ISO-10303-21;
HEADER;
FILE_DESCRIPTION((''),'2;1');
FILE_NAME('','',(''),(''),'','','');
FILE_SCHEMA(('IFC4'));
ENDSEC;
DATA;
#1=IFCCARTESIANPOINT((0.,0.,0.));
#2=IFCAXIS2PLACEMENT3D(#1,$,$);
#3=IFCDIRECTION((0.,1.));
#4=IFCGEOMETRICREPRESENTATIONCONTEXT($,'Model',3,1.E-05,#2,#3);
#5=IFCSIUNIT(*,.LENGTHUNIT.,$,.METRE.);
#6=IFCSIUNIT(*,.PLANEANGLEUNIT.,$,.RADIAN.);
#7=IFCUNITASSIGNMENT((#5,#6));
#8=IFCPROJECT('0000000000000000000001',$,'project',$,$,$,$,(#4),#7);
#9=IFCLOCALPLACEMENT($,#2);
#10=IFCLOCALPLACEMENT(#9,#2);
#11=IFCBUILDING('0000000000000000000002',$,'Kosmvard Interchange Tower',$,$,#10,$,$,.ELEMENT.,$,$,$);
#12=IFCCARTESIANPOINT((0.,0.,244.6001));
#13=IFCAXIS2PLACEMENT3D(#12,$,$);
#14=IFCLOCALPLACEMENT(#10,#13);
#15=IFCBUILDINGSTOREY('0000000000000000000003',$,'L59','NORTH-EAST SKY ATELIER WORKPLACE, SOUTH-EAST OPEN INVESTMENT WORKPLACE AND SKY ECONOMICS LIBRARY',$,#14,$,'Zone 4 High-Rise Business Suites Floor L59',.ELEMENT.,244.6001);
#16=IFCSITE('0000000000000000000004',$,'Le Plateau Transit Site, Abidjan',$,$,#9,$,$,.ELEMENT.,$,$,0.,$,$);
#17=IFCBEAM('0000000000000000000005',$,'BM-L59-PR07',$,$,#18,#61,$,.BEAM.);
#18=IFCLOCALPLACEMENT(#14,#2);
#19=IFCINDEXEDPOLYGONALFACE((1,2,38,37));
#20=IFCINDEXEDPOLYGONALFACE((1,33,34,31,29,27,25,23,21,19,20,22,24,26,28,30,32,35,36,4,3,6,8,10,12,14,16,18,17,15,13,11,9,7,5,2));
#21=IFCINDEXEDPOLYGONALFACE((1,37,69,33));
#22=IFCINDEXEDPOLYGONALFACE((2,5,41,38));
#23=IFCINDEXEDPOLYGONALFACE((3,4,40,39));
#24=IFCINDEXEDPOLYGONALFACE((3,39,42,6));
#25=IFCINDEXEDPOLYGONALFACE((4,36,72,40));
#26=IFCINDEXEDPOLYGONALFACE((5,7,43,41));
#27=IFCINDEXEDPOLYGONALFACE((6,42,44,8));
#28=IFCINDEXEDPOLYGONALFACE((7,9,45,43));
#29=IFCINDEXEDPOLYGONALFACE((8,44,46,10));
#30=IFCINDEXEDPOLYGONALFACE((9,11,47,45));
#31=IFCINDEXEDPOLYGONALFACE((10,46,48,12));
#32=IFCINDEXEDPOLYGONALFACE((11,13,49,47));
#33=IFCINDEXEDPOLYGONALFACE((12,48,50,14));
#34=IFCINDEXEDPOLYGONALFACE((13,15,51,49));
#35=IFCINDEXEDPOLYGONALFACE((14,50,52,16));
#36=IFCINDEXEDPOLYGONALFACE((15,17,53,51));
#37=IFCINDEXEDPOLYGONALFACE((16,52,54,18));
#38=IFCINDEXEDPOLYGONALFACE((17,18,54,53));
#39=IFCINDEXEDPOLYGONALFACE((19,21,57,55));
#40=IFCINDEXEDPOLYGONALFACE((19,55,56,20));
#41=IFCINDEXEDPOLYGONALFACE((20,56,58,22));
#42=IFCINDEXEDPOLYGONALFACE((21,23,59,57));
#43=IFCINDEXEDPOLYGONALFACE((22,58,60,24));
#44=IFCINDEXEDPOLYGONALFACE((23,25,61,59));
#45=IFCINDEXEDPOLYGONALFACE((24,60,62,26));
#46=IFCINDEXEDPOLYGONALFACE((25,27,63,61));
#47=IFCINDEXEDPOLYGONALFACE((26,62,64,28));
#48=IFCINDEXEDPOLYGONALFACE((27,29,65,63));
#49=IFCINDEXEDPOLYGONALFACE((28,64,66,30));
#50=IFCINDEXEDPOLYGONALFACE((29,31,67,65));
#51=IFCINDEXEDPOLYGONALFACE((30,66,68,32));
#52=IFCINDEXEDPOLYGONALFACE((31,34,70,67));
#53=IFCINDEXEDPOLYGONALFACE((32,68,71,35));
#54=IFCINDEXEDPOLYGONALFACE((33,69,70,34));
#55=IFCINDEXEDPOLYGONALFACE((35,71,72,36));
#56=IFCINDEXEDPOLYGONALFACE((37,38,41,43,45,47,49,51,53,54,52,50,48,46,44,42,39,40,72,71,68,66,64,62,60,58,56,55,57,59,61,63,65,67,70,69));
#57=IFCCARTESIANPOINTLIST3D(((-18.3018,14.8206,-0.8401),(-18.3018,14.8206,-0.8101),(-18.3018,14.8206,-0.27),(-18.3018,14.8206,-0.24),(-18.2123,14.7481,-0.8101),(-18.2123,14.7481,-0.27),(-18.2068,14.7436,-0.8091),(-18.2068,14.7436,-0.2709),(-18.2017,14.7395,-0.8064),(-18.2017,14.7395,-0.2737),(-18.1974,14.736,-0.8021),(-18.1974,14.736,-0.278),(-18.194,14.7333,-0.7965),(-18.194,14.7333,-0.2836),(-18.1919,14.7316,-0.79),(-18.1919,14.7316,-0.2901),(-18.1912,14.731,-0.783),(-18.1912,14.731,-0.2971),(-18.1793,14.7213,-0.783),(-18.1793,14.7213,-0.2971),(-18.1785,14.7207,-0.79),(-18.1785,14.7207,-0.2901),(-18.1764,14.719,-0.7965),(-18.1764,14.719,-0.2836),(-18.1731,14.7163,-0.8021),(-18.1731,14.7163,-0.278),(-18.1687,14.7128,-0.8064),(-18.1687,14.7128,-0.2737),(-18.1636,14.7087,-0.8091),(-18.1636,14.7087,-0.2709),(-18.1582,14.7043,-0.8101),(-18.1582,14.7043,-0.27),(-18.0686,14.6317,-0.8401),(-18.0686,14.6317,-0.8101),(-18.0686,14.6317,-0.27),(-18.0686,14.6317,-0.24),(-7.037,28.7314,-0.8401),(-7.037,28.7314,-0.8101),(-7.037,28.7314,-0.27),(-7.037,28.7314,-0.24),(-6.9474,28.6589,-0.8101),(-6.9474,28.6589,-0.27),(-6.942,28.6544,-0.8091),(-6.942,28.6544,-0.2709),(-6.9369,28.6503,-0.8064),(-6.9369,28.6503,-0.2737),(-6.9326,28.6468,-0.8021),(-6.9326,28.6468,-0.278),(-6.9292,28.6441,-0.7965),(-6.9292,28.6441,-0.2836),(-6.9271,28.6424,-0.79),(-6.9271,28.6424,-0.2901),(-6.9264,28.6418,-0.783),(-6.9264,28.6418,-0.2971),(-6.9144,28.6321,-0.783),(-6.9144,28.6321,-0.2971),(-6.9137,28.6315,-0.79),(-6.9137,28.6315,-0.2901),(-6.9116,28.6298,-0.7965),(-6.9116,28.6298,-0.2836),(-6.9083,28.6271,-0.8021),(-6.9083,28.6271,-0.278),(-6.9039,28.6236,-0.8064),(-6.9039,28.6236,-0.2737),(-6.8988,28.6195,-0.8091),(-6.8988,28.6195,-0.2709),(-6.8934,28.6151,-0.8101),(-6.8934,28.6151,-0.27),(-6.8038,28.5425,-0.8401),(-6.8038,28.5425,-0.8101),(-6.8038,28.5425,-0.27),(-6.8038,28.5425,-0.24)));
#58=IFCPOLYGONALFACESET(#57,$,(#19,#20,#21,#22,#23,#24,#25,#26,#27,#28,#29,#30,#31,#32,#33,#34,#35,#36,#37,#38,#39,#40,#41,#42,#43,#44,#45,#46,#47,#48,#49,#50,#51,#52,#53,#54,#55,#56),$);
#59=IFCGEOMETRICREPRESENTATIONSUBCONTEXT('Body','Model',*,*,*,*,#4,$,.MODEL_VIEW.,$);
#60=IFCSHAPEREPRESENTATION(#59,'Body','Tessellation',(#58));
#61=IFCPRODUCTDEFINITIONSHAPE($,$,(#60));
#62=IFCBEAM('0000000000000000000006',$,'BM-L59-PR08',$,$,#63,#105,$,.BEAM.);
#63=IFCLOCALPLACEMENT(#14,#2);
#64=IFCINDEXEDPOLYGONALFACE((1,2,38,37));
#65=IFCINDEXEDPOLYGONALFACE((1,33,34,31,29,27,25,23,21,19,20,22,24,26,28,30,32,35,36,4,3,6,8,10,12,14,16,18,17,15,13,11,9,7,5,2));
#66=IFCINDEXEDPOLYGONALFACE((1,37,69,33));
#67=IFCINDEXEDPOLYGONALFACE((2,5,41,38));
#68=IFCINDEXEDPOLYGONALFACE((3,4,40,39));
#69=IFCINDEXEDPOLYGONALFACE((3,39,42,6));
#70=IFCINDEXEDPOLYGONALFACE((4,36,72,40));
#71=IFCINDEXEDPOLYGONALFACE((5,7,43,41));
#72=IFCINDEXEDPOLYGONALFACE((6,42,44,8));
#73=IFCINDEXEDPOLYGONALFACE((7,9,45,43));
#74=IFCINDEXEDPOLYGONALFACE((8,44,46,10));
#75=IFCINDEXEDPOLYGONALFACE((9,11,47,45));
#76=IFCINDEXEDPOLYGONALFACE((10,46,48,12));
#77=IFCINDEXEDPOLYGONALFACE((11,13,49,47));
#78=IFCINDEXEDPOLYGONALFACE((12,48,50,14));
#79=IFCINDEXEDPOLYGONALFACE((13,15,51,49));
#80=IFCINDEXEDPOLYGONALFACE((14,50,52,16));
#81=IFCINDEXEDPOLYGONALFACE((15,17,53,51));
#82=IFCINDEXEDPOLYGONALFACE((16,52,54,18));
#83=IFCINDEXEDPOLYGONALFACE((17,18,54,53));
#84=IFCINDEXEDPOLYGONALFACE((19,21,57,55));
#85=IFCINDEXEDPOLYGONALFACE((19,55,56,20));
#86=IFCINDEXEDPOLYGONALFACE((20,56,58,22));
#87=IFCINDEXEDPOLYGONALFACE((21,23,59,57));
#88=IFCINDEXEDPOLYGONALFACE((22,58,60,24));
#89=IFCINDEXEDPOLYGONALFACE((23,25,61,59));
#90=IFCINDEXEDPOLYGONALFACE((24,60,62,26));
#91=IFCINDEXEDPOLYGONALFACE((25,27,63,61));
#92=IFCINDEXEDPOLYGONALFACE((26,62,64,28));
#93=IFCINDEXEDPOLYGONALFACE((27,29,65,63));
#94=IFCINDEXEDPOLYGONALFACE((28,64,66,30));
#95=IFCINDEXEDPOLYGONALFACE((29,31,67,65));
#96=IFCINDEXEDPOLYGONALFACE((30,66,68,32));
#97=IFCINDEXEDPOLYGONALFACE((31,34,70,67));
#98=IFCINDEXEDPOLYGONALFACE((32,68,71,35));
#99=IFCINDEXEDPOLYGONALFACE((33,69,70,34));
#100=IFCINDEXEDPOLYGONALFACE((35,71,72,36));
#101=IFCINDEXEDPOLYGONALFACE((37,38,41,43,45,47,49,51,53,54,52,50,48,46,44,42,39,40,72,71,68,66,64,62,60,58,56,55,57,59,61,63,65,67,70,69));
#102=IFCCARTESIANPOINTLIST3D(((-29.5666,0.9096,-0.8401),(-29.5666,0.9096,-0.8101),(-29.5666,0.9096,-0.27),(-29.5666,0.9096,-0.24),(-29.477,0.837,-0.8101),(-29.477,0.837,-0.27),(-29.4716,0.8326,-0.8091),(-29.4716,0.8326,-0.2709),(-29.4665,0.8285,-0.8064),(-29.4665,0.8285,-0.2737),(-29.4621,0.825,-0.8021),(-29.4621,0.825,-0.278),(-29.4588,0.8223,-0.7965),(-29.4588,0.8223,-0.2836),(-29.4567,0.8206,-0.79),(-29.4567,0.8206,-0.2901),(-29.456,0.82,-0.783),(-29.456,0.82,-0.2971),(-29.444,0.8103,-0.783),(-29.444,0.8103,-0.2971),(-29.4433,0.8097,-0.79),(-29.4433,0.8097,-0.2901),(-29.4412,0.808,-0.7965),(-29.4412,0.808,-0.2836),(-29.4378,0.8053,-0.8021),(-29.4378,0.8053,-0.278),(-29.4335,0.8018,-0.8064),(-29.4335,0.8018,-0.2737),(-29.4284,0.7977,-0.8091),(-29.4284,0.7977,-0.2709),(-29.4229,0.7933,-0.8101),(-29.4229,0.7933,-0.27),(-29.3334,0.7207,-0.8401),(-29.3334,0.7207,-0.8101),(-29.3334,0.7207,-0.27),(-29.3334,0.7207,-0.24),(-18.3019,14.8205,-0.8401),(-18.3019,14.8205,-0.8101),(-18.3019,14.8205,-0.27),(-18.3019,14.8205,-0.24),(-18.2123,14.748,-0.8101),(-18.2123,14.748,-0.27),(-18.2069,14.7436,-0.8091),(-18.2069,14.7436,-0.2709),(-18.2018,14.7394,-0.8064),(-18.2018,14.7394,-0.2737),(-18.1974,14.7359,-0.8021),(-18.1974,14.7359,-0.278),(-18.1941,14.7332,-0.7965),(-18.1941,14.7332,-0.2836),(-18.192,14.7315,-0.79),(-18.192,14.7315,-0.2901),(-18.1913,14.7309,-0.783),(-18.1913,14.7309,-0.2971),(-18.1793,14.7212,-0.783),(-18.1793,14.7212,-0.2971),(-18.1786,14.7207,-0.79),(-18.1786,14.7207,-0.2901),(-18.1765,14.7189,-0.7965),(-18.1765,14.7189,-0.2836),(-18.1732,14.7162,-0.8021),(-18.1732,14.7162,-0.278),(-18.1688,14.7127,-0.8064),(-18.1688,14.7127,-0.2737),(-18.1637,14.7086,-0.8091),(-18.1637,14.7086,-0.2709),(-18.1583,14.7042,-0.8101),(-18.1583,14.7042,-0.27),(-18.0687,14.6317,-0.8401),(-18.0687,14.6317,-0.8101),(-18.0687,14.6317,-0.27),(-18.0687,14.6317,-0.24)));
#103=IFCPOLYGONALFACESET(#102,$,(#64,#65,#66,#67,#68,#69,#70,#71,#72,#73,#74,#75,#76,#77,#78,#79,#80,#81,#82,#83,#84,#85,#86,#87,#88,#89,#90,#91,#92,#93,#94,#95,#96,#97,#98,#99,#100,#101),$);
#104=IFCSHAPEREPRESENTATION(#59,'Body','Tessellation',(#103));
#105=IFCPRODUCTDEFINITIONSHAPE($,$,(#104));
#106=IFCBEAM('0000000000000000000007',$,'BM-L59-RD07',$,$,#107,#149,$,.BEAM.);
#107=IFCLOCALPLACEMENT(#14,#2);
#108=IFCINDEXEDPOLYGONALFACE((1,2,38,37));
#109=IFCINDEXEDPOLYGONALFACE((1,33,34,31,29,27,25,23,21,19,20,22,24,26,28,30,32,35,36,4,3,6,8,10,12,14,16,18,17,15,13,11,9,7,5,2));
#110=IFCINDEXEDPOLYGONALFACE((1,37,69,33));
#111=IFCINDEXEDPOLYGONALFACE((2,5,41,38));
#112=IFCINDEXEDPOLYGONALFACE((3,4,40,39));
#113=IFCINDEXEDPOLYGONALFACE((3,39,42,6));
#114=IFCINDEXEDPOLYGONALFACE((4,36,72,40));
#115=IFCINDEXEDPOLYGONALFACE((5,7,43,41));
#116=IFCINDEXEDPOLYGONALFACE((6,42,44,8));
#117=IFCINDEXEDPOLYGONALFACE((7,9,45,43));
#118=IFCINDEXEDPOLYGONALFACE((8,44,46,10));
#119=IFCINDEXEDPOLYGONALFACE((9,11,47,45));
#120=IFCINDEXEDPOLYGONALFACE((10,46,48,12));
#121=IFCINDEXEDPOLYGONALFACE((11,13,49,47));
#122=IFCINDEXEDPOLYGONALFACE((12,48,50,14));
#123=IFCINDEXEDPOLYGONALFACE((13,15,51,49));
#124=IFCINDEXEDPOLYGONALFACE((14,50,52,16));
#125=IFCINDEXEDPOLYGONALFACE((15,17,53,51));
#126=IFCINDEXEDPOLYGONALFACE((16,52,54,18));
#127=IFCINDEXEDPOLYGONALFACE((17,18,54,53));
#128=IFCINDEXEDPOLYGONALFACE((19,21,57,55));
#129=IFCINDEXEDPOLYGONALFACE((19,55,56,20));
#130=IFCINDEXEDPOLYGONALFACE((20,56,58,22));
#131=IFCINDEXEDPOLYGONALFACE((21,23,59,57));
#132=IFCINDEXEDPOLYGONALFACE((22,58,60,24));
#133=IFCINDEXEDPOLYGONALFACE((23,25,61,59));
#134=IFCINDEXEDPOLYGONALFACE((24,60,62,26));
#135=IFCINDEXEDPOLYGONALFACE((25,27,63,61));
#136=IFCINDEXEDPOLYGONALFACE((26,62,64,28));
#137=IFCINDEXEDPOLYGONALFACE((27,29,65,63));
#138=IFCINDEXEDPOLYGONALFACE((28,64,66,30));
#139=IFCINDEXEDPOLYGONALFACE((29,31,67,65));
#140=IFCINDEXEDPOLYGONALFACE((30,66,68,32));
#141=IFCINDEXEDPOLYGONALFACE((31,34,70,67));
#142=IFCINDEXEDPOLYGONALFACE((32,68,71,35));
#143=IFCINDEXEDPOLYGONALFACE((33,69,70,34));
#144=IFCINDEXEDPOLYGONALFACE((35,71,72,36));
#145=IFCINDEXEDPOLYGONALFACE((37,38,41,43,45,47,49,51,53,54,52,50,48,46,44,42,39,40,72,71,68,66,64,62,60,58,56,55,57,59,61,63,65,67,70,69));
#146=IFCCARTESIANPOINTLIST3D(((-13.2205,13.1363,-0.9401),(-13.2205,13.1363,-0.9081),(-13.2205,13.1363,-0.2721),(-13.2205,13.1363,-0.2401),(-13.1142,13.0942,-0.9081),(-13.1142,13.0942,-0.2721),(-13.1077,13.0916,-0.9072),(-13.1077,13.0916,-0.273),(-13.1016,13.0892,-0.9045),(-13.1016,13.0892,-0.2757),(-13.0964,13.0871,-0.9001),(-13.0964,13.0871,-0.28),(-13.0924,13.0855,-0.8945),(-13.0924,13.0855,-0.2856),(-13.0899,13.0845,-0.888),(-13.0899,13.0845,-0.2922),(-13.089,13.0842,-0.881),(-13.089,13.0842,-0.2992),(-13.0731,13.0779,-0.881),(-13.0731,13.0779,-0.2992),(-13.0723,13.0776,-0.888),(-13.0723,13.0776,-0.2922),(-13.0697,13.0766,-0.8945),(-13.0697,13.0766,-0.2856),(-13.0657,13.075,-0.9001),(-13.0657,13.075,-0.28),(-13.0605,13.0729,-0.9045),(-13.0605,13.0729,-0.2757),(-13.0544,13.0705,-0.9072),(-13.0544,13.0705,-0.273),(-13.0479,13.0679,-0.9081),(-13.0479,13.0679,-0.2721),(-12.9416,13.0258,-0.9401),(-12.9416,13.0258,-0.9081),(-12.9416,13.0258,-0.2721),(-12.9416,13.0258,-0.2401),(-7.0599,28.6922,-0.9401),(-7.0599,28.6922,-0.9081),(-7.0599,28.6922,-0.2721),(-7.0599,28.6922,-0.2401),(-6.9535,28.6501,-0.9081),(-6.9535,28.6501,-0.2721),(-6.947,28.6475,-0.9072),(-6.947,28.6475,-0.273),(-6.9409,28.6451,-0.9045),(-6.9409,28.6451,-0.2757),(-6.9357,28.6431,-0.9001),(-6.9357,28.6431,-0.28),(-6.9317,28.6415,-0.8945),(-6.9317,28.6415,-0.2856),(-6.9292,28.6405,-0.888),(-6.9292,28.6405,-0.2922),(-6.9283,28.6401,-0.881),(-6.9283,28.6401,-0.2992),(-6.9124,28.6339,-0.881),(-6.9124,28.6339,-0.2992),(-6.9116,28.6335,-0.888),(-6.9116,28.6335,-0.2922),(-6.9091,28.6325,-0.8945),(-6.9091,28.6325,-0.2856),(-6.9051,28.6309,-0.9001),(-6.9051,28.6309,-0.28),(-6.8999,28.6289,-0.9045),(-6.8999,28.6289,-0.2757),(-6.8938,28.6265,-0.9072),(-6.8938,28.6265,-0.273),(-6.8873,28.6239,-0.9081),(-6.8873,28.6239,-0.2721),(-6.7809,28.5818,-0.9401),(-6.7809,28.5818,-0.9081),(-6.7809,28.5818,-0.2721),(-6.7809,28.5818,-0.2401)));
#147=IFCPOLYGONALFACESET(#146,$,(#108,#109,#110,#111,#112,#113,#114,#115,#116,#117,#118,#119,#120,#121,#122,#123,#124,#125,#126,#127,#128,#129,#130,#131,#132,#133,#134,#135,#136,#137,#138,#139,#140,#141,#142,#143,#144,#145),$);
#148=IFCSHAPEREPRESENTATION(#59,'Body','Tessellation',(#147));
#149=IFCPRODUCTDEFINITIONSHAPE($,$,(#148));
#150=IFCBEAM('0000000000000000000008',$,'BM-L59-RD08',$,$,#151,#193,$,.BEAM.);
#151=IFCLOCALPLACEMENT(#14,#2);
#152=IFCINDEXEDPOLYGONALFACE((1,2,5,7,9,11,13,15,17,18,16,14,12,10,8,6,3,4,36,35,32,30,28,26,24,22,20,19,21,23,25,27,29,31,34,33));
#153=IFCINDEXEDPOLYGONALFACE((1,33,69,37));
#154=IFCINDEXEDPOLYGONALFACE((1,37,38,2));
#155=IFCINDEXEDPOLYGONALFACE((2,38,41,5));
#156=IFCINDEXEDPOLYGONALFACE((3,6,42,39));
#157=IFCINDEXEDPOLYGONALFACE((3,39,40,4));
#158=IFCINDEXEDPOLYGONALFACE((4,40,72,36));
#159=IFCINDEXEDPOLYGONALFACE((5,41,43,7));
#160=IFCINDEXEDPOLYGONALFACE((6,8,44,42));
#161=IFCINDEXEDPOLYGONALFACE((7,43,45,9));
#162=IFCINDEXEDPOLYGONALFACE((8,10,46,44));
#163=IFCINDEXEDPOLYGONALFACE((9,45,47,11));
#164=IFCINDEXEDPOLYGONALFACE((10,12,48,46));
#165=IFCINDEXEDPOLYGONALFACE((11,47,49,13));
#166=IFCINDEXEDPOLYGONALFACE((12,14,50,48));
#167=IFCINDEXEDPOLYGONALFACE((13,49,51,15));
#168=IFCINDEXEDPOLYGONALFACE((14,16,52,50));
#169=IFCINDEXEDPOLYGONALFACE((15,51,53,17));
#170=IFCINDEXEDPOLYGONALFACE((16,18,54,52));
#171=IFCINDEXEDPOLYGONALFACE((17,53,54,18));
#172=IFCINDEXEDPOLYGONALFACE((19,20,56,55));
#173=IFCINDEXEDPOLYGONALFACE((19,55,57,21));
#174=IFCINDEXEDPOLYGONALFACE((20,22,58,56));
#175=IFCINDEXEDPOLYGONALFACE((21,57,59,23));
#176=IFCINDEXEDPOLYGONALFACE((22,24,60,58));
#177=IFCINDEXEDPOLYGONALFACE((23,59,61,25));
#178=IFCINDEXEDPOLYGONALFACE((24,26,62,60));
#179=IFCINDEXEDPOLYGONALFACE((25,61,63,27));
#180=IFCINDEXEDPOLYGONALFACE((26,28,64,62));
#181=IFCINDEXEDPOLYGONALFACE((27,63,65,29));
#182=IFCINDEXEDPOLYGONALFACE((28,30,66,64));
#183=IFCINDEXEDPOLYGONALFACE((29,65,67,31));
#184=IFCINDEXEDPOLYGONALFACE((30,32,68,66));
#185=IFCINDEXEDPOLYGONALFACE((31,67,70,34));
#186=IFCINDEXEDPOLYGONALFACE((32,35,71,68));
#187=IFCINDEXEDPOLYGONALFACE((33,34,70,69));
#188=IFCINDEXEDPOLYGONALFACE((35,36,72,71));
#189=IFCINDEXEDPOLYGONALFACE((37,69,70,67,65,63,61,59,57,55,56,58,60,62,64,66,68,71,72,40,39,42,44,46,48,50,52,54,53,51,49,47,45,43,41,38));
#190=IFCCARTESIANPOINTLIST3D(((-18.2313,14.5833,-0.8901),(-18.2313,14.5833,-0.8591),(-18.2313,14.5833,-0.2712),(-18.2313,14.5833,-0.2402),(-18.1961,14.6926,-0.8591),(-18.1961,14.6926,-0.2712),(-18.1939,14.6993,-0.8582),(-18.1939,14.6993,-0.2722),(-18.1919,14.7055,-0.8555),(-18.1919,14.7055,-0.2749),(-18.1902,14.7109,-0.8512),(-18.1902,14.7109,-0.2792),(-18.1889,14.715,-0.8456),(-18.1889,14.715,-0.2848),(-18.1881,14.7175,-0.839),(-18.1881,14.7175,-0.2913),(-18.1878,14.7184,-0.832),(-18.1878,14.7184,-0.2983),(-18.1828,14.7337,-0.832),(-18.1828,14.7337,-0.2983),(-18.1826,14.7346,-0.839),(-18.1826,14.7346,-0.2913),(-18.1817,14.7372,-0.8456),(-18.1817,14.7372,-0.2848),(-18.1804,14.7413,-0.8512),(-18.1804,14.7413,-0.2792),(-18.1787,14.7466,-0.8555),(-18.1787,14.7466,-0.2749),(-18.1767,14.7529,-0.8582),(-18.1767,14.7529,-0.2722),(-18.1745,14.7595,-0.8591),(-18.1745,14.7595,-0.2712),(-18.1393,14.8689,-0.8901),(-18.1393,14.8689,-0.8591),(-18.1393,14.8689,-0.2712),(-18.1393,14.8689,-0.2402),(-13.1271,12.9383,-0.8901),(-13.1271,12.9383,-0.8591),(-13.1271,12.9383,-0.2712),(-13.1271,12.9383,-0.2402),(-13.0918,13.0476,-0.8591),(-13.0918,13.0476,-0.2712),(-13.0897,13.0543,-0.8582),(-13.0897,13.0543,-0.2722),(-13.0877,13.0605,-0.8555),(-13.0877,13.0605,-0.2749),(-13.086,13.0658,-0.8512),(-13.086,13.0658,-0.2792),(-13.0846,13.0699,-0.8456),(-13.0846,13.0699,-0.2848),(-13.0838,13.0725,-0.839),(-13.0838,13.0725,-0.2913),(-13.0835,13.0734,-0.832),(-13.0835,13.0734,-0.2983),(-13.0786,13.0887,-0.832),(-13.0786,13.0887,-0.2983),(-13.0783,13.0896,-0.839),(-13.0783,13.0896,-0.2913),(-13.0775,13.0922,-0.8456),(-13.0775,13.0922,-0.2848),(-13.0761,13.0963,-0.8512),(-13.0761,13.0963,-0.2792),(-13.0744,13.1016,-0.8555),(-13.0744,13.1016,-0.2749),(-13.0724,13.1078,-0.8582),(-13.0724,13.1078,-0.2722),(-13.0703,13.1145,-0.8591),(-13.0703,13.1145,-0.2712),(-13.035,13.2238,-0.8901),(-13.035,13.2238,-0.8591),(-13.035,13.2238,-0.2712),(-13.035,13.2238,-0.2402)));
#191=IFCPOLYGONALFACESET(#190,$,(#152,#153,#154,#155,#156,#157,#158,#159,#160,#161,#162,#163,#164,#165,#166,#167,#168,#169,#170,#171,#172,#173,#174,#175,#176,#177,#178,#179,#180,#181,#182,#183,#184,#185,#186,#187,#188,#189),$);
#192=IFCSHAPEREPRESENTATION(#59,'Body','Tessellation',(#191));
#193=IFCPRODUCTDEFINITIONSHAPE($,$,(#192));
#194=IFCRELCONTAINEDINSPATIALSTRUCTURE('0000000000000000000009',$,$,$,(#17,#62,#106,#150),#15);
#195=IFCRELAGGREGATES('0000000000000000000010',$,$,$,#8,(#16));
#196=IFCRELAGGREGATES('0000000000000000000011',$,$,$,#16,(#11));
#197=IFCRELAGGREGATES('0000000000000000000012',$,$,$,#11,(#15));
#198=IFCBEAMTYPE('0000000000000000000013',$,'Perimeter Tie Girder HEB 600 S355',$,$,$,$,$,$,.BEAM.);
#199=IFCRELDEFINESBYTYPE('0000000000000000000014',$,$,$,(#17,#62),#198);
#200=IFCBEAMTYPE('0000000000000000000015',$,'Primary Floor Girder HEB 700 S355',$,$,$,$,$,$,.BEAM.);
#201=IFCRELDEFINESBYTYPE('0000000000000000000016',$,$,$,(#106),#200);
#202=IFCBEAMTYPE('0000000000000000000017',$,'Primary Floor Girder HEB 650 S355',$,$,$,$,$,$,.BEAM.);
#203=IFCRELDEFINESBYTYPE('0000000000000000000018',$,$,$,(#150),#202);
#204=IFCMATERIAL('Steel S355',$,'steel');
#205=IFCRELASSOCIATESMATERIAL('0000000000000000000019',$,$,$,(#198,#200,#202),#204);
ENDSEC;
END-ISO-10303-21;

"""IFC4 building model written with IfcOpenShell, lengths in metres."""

from ifc_helpers import new_model, si_unit, direction, frame, origin, origin_2d, place, context, subcontext, project, spatial, i_section, extrude, source, transform, mapped, material, material_profile, profile_set, type_object, element, save


model = new_model("IFC4")

# Units and contexts
model_context = context("Model", 3, precision=1e-05, world=origin(), true_north=direction((0.0, 1.0)))
body_context = subcontext(model_context, "Body", "Model", "MODEL_VIEW")
ifc_project = project(units=[si_unit("LENGTHUNIT", "METRE"), si_unit("PLANEANGLEUNIT", "RADIAN")], contexts=[model_context])

# Site, building, storey
site_placement = place(None, origin())
site = spatial("IfcSite", under=ifc_project, at=site_placement, Name="Le Plateau Transit Site, Abidjan", CompositionType="ELEMENT", RefElevation=0.0)
building_placement = place(site_placement, origin())
building = spatial("IfcBuilding", under=site, at=building_placement, Name="Kosmvard Interchange Tower", CompositionType="ELEMENT")
storey_placement = place(building_placement, frame((0.0, 0.0, 244.6001)))
storey = spatial("IfcBuildingStorey", under=building, at=storey_placement, Name="L59", Description="NORTH-EAST SKY ATELIER WORKPLACE, SOUTH-EAST OPEN INVESTMENT WORKPLACE AND SKY ECONOMICS LIBRARY", LongName="Zone 4 High-Rise Business Suites Floor L59", CompositionType="ELEMENT", Elevation=244.6001)

# Beams
ifc_material_1 = material(Name="Steel S355", Category="steel")
ifc_material_profile_1 = material_profile(ifc_material_1, i_section(OverallWidth=0.3, OverallDepth=0.6001, WebThickness=0.0154, FlangeThickness=0.03, FilletRadius=0.0271, at=origin_2d()), Name="HEB 600")
ifc_profile_set_1 = profile_set([ifc_material_profile_1], Name="Steel S355")
beam_type_1 = type_object("IfcBeamType", Name="Perimeter Tie Girder HEB 600 S355", PredefinedType="BEAM", material=ifc_profile_set_1)
shared_shape_1 = source(origin(), body_context, "Body", "SweptSolid", [
    extrude(i_section(OverallWidth=0.3, OverallDepth=0.6001, WebThickness=0.0154, FlangeThickness=0.03, FilletRadius=0.0271, at=origin_2d()), origin(), (0.0, 0.0, 1.0), 17.8999),
])
for number, where, z_axis, x_axis, name in (
    (1, (-6.9204, 28.637, -0.54), (-0.629323, -0.777144, 0.0), (0.777144, -0.629323, 0.0), "BM-L59-PR07"),
    (2, (-18.1853, 14.7261, -0.54), (-0.629315, -0.777151, 0.0), (0.777151, -0.629315, 0.0), "BM-L59-PR08"),
):
    element("IfcBeam", number, at=place(storey_placement, frame(where, z_axis=z_axis, x_axis=x_axis)), inside=storey, type_object=beam_type_1, Name=name, PredefinedType="BEAM", context=body_context, shape_type="MappedRepresentation", body=[
        mapped(shared_shape_1, transform((0.0, 0.0, 0.0), scale=1.0)),
    ])
ifc_material_profile_2 = material_profile(ifc_material_1, i_section(OverallWidth=0.3, OverallDepth=0.7, WebThickness=0.0171, FlangeThickness=0.032, FilletRadius=0.0271, at=origin_2d()), Name="HEB 700")
ifc_profile_set_2 = profile_set([ifc_material_profile_2], Name="Steel S355")
beam_type_2 = type_object("IfcBeamType", Name="Primary Floor Girder HEB 700 S355", PredefinedType="BEAM", material=ifc_profile_set_2)
shared_shape_2 = source(origin(), body_context, "Body", "SweptSolid", [
    extrude(i_section(OverallWidth=0.3, OverallDepth=0.7, WebThickness=0.0171, FlangeThickness=0.032, FilletRadius=0.0271, at=origin_2d()), origin(), (0.0, 0.0, 1.0), 16.7314),
])
beam_1_placement = place(storey_placement, frame((-13.0811, 13.0811, -0.5901), z_axis=(0.368209, 0.929743, 0.0), x_axis=(-0.929743, 0.368209, 0.0)))
element("IfcBeam", 3, at=beam_1_placement, inside=storey, type_object=beam_type_2, Name="BM-L59-RD07", PredefinedType="BEAM", context=body_context, shape_type="MappedRepresentation", body=[
    mapped(shared_shape_2, transform((0.0, 0.0, 0.0), scale=1.0)),
])
ifc_material_profile_3 = material_profile(ifc_material_1, i_section(OverallWidth=0.3, OverallDepth=0.6499, WebThickness=0.0161, FlangeThickness=0.031, FilletRadius=0.0271, at=origin_2d()), Name="HEB 650")
ifc_profile_set_3 = profile_set([ifc_material_profile_3], Name="Steel S355")
beam_type_3 = type_object("IfcBeamType", Name="Primary Floor Girder HEB 650 S355", PredefinedType="BEAM", material=ifc_profile_set_3)
shared_shape_3 = source(origin(), body_context, "Body", "SweptSolid", [
    extrude(i_section(OverallWidth=0.3, OverallDepth=0.6499, WebThickness=0.0161, FlangeThickness=0.031, FilletRadius=0.0271, at=origin_2d()), origin(), (0.0, 0.0, 1.0), 5.3628),
])
beam_2_placement = place(storey_placement, frame((-13.0811, 13.0811, -0.5652), z_axis=(-0.951791, 0.306747, 0.0), x_axis=(-0.306747, -0.951791, 0.0)))
element("IfcBeam", 4, at=beam_2_placement, inside=storey, type_object=beam_type_3, Name="BM-L59-RD08", PredefinedType="BEAM", context=body_context, shape_type="MappedRepresentation", body=[
    mapped(shared_shape_3, transform((0.0, 0.0, 0.0), scale=1.0)),
])

save(model, "model.ifc")
